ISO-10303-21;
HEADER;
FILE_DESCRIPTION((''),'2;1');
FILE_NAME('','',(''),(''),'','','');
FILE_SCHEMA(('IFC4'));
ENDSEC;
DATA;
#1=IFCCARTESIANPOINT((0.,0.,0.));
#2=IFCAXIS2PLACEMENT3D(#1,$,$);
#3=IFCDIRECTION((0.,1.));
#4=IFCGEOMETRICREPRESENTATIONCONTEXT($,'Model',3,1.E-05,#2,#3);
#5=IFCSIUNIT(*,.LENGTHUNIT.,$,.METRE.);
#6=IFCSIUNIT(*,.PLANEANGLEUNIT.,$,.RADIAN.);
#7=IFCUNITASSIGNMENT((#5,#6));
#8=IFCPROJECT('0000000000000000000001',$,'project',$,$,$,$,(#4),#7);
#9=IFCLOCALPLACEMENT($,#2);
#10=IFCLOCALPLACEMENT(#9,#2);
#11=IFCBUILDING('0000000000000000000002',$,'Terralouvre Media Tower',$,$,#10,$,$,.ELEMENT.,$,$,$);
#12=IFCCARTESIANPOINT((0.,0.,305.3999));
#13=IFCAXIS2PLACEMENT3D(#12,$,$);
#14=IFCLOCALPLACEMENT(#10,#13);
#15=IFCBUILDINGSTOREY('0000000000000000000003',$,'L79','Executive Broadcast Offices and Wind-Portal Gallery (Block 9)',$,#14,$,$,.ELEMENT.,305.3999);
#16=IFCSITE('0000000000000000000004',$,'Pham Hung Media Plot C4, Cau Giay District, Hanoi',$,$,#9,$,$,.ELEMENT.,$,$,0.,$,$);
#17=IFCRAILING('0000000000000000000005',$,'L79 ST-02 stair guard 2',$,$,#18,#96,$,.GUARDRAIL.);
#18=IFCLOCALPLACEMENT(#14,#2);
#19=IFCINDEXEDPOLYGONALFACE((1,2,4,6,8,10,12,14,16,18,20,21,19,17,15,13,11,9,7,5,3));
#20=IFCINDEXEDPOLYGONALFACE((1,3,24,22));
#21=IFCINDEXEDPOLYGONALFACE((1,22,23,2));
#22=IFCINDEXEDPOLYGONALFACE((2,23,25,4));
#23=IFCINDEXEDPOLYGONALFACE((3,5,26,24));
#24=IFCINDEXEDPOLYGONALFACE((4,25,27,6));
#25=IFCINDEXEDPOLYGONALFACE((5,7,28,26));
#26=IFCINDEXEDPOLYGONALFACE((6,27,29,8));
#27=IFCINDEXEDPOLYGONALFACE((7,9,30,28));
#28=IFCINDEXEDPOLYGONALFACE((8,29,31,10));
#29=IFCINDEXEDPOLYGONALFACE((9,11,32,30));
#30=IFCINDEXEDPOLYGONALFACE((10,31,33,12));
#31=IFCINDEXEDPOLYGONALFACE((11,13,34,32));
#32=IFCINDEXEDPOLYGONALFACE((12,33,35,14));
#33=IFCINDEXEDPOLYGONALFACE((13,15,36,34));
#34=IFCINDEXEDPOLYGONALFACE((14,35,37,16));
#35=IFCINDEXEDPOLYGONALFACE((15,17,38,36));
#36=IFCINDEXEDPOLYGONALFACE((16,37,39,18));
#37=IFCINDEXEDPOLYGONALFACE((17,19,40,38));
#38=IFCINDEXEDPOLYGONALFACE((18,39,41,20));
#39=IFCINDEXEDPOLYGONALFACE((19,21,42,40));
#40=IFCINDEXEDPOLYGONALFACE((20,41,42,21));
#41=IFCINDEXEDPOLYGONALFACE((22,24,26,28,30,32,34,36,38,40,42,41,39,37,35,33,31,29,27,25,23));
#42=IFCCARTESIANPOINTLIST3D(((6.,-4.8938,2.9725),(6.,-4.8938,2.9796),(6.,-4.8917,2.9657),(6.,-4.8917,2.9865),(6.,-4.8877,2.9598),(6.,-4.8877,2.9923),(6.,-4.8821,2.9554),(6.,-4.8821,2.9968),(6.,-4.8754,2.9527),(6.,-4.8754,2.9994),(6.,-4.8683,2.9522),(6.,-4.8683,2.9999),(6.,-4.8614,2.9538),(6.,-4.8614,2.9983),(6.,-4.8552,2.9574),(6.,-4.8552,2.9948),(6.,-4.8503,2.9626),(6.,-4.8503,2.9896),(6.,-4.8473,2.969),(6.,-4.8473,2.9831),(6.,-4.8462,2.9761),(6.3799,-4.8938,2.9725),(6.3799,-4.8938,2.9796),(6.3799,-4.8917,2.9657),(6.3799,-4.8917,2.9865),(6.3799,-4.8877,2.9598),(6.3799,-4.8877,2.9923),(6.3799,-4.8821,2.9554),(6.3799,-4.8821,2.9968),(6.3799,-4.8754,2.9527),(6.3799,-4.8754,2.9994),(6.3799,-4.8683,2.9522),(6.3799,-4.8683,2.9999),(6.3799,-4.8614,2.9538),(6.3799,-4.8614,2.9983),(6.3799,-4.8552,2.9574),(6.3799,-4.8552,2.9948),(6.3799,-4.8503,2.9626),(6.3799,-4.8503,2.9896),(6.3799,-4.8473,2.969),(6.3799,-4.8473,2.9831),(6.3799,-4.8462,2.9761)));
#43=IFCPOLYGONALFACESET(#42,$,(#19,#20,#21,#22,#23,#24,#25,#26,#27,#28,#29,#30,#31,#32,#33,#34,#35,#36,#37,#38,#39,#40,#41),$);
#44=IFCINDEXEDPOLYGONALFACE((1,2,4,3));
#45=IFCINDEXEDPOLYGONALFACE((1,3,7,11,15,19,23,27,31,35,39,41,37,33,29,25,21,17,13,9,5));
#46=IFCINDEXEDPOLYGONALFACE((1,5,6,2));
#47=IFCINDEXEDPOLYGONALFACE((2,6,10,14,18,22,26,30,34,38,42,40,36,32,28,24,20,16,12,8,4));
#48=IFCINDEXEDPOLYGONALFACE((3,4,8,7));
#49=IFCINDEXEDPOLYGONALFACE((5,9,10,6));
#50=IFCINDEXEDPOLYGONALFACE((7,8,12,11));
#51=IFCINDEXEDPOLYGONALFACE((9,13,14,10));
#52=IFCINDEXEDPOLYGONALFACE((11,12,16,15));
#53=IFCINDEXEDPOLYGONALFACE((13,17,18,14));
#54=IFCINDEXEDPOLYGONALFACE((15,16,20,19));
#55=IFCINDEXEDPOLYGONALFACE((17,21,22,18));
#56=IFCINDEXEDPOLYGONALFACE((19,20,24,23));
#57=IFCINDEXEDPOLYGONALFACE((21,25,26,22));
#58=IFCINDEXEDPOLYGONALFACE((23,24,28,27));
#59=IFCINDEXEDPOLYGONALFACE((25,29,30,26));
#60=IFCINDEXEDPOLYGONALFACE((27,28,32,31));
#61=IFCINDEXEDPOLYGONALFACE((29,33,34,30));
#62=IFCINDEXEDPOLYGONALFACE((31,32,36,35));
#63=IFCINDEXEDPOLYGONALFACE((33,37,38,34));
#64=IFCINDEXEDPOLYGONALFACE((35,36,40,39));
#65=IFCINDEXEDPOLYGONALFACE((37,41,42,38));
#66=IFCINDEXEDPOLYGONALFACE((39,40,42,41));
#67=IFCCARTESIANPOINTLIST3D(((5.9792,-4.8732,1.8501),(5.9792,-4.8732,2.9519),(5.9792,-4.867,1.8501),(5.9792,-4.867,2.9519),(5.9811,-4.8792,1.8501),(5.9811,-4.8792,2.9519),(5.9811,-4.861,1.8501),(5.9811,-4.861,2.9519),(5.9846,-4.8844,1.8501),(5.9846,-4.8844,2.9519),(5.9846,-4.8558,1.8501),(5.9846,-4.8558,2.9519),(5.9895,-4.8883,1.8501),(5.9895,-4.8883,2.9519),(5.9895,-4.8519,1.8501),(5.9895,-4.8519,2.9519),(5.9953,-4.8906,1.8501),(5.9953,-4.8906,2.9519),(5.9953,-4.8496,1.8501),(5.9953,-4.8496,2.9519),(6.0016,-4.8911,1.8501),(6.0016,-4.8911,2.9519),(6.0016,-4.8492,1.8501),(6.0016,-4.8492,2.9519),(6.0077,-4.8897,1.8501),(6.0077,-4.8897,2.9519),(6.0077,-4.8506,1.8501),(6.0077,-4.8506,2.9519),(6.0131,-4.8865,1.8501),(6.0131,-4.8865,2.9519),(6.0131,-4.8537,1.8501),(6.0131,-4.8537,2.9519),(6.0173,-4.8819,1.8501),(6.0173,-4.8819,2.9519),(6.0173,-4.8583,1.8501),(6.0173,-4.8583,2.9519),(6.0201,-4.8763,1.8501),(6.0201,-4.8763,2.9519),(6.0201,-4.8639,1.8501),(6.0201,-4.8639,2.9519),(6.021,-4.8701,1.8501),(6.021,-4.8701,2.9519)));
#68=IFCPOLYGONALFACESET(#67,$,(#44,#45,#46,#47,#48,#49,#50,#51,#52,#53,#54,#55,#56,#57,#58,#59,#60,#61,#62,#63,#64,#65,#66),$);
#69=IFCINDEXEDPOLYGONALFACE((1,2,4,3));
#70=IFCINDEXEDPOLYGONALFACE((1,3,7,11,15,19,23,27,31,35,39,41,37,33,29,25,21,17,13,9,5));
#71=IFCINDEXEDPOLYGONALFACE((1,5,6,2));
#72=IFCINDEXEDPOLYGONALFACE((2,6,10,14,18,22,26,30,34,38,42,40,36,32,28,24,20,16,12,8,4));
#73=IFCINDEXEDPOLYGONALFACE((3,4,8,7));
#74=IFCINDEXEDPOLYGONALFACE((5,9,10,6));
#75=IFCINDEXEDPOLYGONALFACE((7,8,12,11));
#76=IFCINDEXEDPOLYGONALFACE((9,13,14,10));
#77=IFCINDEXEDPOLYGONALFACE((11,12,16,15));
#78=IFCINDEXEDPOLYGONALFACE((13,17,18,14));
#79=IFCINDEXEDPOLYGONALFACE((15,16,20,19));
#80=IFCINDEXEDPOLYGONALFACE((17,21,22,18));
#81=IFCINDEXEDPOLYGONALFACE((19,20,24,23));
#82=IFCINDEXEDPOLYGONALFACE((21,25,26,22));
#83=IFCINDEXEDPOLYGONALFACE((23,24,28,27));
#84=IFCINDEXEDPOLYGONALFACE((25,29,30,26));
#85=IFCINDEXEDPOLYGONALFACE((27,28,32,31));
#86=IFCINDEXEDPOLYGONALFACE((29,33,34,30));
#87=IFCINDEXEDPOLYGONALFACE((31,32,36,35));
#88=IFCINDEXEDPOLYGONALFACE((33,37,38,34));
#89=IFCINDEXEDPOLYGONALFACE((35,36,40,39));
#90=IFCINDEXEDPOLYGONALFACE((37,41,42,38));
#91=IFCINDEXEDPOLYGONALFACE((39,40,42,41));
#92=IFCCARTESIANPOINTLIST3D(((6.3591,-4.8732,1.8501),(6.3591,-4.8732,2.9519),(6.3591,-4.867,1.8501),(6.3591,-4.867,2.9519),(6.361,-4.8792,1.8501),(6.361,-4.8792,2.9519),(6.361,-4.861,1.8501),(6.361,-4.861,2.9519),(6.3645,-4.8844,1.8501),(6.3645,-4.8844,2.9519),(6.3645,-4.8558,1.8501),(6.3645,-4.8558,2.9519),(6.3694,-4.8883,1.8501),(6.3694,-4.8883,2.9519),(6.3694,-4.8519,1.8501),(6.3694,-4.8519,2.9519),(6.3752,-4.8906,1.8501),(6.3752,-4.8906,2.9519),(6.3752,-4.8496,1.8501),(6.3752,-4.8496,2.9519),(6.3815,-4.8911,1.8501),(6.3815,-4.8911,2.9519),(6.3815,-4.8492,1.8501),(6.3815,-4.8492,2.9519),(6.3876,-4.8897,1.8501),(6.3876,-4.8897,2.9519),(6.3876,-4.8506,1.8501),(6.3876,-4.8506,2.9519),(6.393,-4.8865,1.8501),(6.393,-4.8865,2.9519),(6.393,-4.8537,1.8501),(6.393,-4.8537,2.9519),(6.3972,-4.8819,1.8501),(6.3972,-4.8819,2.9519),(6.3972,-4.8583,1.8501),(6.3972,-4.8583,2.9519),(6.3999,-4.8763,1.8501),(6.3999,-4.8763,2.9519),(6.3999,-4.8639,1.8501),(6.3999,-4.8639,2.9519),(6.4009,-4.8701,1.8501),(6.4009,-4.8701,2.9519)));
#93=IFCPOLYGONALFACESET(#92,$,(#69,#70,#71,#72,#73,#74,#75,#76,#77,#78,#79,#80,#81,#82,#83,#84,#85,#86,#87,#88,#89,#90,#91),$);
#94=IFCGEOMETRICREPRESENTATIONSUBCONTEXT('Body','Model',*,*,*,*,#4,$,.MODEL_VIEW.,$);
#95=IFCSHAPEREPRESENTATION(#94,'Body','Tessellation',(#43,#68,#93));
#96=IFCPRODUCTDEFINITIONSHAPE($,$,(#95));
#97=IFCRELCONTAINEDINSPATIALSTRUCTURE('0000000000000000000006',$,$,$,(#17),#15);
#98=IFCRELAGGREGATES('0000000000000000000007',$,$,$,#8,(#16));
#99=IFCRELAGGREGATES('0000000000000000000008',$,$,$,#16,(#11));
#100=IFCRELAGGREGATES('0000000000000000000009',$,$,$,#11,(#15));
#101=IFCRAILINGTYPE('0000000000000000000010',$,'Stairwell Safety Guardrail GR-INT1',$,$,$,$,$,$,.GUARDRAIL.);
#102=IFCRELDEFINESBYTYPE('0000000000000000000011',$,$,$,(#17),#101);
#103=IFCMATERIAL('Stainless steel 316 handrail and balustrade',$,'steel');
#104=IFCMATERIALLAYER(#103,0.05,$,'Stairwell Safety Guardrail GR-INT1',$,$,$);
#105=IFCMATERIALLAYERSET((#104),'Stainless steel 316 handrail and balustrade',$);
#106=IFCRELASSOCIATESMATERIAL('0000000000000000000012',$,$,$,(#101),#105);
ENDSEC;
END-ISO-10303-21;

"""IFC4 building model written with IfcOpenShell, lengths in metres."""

from ifc_helpers import new_model, si_unit, direction, frame, origin, origin_2d, place, context, subcontext, project, spatial, circle, extrude, material, layer, layer_set, type_object, element, save


model = new_model("IFC4")

# Units and contexts
model_context = context("Model", 3, precision=1e-05, world=origin(), true_north=direction((0.0, 1.0)))
body_context = subcontext(model_context, "Body", "Model", "MODEL_VIEW")
ifc_project = project(units=[si_unit("LENGTHUNIT", "METRE"), si_unit("PLANEANGLEUNIT", "RADIAN")], contexts=[model_context])

# Site, building, storey
site_placement = place(None, origin())
site = spatial("IfcSite", under=ifc_project, at=site_placement, Name="Pham Hung Media Plot C4, Cau Giay District, Hanoi", CompositionType="ELEMENT", RefElevation=0.0)
building_placement = place(site_placement, origin())
building = spatial("IfcBuilding", under=site, at=building_placement, Name="Terralouvre Media Tower", CompositionType="ELEMENT")
storey_placement = place(building_placement, frame((0.0, 0.0, 305.3999)))
storey = spatial("IfcBuildingStorey", under=building, at=storey_placement, Name="L79", Description="Executive Broadcast Offices and Wind-Portal Gallery (Block 9)", CompositionType="ELEMENT", Elevation=305.3999)

# Railing
ifc_material_1 = material(Name="Stainless steel 316 handrail and balustrade", Category="steel")
ifc_layer_1 = layer(ifc_material_1, 0.05, Name="Stairwell Safety Guardrail GR-INT1")
ifc_layer_set_1 = layer_set([ifc_layer_1], Name="Stainless steel 316 handrail and balustrade")
railing_type_1 = type_object("IfcRailingType", Name="Stairwell Safety Guardrail GR-INT1", PredefinedType="GUARDRAIL", material=ifc_layer_set_1)
railing_1_placement = place(storey_placement, frame((6.0, -4.8701, 1.8501)))
element("IfcRailing", 1, at=railing_1_placement, inside=storey, type_object=railing_type_1, Name="L79 ST-02 stair guard 2", PredefinedType="GUARDRAIL", context=body_context, shape_type="SweptSolid", body=[
    extrude(circle(Radius=0.0239, at=origin_2d()), frame((0.0, 0.0, 1.126), z_axis=(1.0, 0.0, 0.0), x_axis=(0.0, 1.0, 0.0)), (0.0, 0.0, 1.0), 0.3799),
    extrude(circle(Radius=0.021, at=origin_2d()), origin(), (0.0, 0.0, 1.0), 1.1018),
    extrude(circle(Radius=0.021, at=origin_2d()), frame((0.3799, 0.0, 0.0)), (0.0, 0.0, 1.0), 1.1018),
])

save(model, "model.ifc")
